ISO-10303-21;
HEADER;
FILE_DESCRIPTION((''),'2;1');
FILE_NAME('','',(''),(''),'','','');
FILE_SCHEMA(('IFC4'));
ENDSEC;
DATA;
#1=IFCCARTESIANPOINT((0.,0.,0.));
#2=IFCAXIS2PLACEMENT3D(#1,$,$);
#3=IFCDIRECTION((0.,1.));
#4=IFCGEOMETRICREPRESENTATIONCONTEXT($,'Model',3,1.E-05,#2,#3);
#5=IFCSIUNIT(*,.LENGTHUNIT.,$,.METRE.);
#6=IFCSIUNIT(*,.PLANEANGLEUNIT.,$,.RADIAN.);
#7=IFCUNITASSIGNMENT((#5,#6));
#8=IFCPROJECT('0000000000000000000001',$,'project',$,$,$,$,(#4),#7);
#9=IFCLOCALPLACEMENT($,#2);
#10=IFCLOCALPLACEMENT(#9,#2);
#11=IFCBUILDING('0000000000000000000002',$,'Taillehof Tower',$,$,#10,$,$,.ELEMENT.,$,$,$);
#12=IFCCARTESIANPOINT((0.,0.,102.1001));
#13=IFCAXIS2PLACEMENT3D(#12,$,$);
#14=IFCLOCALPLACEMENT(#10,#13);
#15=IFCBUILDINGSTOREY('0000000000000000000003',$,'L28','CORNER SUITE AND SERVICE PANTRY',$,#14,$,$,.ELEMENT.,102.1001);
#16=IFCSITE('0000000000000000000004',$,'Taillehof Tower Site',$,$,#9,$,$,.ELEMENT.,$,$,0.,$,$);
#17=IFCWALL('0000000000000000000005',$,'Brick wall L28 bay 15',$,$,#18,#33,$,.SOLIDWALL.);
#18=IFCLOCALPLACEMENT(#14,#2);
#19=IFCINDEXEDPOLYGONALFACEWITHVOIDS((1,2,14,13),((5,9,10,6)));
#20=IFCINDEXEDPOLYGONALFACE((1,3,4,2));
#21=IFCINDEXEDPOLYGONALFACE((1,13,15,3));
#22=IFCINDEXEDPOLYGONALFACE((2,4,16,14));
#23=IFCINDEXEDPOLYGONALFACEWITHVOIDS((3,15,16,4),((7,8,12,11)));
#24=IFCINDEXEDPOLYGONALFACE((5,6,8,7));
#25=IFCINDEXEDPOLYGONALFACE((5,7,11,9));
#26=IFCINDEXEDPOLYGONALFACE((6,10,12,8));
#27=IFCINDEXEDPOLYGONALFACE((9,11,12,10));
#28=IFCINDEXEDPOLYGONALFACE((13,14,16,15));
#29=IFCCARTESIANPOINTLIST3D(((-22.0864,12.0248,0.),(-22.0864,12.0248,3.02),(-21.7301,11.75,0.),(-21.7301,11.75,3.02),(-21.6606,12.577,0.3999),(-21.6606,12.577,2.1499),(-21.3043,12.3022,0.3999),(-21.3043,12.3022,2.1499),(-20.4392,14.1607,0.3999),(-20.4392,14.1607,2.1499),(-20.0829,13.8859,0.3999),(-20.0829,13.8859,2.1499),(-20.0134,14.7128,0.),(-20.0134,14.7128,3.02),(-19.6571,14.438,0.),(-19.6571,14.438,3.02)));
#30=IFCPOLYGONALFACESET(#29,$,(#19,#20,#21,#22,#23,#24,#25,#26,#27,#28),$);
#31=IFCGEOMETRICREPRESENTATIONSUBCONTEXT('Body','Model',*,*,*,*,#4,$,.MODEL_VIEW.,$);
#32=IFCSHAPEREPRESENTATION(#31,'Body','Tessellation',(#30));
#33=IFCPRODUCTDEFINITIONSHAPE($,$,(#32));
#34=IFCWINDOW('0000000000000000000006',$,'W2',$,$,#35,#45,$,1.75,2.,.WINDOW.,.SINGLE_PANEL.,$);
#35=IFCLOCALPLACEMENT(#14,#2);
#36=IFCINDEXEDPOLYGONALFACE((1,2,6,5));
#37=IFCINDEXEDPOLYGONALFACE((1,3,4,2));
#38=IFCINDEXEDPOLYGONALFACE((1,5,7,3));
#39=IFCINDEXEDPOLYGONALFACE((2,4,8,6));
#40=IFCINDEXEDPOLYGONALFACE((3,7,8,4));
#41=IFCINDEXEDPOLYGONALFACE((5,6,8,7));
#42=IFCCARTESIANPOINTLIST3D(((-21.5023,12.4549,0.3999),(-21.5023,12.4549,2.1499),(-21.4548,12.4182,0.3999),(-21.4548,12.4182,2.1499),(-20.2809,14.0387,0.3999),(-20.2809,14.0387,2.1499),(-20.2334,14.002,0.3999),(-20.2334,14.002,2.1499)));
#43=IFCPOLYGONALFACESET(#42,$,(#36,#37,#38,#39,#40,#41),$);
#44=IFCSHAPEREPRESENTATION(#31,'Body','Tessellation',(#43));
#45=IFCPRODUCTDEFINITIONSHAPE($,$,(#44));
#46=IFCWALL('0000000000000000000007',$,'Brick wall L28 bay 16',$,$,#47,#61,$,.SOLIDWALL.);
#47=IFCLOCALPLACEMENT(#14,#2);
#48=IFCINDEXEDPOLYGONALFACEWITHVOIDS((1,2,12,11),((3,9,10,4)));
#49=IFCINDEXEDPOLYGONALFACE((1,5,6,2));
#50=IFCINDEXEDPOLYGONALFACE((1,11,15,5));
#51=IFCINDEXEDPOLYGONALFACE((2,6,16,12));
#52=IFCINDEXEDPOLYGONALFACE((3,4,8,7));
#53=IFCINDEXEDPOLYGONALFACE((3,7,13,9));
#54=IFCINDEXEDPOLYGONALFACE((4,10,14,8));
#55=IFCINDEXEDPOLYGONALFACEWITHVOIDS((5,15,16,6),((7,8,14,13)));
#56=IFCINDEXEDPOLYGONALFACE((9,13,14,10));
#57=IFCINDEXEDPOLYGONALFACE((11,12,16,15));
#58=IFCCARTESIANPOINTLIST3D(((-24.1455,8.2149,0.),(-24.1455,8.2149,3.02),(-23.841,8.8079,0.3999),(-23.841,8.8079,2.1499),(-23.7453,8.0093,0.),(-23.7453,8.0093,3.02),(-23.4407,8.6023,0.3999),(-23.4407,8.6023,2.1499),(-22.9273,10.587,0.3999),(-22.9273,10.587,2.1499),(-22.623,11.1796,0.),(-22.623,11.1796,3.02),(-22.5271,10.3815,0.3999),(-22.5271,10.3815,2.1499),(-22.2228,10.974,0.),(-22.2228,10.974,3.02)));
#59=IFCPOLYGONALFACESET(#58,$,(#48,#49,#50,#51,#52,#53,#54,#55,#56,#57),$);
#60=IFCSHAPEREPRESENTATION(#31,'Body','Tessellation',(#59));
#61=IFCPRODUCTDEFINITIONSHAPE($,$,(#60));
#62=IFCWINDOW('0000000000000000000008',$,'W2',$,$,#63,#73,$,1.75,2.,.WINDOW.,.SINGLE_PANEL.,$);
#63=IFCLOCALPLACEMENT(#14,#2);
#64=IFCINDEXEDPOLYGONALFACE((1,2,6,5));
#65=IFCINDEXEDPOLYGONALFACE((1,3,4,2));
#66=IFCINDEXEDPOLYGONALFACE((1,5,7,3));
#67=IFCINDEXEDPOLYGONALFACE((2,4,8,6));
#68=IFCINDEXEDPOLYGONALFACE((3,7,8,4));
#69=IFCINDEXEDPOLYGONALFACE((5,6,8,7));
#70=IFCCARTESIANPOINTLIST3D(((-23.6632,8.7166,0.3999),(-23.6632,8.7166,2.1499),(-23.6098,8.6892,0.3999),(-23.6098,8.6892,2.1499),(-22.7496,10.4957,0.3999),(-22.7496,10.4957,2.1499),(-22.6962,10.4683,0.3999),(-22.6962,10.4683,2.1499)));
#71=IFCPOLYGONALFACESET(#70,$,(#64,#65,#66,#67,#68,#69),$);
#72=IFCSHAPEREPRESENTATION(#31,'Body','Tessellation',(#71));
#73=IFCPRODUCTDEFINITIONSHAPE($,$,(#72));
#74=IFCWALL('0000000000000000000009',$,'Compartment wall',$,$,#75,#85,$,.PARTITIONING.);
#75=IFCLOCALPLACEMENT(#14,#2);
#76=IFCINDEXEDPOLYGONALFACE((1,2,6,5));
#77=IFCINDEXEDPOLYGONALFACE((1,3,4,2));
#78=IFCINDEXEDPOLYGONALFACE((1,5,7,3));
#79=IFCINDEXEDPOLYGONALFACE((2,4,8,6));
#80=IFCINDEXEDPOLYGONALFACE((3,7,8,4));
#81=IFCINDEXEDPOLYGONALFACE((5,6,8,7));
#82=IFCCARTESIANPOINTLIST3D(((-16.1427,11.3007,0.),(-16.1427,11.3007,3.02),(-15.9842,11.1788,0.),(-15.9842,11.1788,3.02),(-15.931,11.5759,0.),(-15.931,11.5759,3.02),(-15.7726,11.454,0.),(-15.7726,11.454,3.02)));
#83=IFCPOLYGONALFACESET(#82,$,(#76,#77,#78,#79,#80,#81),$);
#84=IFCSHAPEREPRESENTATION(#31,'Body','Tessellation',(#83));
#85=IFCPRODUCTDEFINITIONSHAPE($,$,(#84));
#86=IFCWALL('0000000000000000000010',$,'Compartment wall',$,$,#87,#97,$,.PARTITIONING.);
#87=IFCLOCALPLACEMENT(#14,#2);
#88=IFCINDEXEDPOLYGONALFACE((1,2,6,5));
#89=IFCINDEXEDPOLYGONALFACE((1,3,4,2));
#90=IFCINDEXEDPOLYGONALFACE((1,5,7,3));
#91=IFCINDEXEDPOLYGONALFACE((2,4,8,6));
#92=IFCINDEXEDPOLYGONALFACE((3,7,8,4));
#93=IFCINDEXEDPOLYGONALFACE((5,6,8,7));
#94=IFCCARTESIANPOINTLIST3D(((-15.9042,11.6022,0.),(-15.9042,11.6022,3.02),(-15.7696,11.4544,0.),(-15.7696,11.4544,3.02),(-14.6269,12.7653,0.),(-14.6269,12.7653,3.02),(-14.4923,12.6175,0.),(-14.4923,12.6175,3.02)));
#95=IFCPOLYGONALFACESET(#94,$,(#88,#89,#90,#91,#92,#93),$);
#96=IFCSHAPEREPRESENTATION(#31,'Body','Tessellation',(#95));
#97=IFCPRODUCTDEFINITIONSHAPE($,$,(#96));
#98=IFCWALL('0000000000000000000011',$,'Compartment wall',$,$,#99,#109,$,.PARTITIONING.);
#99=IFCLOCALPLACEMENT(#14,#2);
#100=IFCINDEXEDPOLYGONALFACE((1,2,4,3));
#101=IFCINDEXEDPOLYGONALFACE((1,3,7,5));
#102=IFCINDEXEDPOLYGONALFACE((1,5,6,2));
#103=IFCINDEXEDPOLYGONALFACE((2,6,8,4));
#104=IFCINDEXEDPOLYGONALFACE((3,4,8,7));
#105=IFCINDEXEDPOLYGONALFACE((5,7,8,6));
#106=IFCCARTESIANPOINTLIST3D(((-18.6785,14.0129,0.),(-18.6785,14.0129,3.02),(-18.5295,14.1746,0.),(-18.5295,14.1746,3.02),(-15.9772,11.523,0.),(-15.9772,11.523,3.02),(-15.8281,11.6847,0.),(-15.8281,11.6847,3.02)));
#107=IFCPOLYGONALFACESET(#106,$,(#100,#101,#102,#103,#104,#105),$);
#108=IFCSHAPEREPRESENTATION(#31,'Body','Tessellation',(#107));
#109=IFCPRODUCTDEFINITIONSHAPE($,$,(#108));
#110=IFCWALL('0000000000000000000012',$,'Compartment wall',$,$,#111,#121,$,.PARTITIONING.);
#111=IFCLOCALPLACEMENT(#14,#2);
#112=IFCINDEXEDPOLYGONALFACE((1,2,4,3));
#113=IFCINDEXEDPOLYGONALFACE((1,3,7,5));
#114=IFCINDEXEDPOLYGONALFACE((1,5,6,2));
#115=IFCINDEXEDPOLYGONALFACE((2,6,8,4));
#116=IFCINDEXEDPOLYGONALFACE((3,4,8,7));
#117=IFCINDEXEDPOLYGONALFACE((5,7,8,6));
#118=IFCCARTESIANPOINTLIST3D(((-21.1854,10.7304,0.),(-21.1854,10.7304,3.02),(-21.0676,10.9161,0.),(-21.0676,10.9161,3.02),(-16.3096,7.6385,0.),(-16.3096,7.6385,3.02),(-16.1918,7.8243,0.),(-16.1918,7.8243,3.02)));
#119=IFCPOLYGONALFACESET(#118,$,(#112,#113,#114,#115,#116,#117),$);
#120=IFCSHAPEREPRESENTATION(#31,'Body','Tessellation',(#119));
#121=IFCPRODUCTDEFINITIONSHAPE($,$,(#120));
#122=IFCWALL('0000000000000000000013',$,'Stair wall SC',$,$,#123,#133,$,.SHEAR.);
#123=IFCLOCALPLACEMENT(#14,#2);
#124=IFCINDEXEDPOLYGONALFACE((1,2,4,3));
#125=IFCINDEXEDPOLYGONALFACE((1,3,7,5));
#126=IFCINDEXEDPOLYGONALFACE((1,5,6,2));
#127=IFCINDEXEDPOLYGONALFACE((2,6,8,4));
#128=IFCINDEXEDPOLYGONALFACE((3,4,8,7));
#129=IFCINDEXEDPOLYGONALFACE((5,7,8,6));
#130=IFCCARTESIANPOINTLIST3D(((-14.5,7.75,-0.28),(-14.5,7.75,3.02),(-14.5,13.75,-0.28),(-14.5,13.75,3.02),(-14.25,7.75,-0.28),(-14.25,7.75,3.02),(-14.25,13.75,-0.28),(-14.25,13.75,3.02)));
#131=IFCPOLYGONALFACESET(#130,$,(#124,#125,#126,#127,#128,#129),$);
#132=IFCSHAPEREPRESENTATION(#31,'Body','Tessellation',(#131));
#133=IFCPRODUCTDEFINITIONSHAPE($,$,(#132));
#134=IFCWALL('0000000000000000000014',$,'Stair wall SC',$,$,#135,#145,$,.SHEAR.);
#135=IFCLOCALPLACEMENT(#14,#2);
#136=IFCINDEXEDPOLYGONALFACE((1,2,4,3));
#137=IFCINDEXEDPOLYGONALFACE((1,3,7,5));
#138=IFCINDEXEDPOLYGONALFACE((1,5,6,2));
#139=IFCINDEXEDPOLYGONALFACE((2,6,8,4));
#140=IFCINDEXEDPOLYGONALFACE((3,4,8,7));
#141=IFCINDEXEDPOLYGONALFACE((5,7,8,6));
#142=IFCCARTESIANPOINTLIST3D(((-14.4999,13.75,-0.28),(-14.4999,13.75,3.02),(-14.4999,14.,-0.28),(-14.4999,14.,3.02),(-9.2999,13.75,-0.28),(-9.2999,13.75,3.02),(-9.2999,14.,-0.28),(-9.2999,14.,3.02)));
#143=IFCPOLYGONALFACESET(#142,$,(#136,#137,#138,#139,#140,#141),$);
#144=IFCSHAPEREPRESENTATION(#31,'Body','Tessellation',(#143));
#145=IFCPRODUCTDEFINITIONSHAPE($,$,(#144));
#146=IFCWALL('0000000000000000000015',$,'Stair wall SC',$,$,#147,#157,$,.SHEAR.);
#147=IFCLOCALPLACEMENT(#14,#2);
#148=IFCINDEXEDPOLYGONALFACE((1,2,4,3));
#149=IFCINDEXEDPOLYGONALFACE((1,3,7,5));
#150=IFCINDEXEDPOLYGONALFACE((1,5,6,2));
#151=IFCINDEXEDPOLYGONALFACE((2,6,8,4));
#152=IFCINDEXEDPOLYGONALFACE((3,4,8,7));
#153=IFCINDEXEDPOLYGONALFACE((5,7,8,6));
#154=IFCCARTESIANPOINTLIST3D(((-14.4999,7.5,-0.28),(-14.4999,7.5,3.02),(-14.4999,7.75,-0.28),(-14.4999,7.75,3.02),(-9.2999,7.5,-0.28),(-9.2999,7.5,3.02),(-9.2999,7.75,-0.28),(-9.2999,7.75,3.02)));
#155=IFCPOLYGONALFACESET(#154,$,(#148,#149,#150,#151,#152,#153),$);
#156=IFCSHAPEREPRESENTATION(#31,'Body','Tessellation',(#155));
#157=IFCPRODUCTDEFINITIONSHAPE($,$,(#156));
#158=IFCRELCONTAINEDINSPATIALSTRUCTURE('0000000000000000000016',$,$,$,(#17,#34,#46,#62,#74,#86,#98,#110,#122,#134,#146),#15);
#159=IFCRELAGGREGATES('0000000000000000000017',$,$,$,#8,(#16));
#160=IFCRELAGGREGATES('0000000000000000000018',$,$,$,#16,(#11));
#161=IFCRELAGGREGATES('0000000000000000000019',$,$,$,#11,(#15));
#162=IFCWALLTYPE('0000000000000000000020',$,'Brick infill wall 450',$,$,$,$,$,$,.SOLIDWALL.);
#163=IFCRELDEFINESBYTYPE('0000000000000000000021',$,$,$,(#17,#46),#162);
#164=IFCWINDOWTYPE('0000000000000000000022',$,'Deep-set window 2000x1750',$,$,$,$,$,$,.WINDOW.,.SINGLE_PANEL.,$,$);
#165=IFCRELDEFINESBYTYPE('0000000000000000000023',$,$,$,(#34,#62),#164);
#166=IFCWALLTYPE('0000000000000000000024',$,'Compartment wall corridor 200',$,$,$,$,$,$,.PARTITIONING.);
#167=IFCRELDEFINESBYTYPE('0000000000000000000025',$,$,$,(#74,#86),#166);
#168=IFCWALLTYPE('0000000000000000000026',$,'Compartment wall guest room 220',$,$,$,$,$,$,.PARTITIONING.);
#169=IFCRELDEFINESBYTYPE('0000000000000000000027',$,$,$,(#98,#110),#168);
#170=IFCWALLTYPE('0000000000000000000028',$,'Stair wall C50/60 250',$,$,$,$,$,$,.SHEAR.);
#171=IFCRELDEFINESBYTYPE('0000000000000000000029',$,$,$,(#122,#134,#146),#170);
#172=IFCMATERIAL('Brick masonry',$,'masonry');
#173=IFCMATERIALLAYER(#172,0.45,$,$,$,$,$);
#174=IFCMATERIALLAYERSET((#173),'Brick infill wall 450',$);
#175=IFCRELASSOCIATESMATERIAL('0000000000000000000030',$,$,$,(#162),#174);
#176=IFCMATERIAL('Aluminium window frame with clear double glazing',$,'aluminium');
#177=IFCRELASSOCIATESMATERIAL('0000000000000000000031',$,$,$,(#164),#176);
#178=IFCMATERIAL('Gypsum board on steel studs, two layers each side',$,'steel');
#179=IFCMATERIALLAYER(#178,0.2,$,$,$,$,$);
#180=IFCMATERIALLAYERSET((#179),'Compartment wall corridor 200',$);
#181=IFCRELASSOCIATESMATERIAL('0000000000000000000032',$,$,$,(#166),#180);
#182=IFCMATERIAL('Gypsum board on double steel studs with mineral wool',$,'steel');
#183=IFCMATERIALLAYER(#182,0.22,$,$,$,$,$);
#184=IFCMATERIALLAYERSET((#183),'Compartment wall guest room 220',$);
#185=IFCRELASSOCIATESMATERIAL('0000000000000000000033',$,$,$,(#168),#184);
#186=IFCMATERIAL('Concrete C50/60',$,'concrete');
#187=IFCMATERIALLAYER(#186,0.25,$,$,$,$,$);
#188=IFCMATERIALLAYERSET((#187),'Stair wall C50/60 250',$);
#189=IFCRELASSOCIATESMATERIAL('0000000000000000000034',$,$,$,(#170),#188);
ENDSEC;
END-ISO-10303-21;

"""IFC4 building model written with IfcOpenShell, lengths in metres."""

from ifc_helpers import new_model, si_unit, direction, frame, frame_2d, origin, place, context, subcontext, project, spatial, rectangle, extrude, material, layer, layer_set, type_object, element, fill, save


model = new_model("IFC4")

# Units and contexts
model_context = context("Model", 3, precision=1e-05, world=origin(), true_north=direction((0.0, 1.0)))
body_context = subcontext(model_context, "Body", "Model", "MODEL_VIEW")
ifc_project = project(units=[si_unit("LENGTHUNIT", "METRE"), si_unit("PLANEANGLEUNIT", "RADIAN")], contexts=[model_context])

# Site, building, storey
site_placement = place(None, origin())
site = spatial("IfcSite", under=ifc_project, at=site_placement, Name="Taillehof Tower Site", CompositionType="ELEMENT", RefElevation=0.0)
building_placement = place(site_placement, origin())
building = spatial("IfcBuilding", under=site, at=building_placement, Name="Taillehof Tower", CompositionType="ELEMENT")
storey_placement = place(building_placement, frame((0.0, 0.0, 102.1001)))
storey = spatial("IfcBuildingStorey", under=building, at=storey_placement, Name="L28", Description="CORNER SUITE AND SERVICE PANTRY", CompositionType="ELEMENT", Elevation=102.1001)

# Walls, openings, windows
ifc_material_1 = material(Name="Brick masonry", Category="masonry")
ifc_layer_1 = layer(ifc_material_1, 0.45)
ifc_layer_set_1 = layer_set([ifc_layer_1], Name="Brick infill wall 450")
wall_type_1 = type_object("IfcWallType", Name="Brick infill wall 450", PredefinedType="SOLIDWALL", material=ifc_layer_set_1)
ifc_material_2 = material(Name="Aluminium window frame with clear double glazing", Category="aluminium")
window_type = type_object("IfcWindowType", Name="Deep-set window 2000x1750", PartitioningType="SINGLE_PANEL", PredefinedType="WINDOW", material=ifc_material_2)
wall_1_placement = place(storey_placement, frame((-19.8352, 14.5754, 0.0), z_axis=(0.0, 0.0, 1.0), x_axis=(-0.610694, -0.791867, 0.0)))
wall_1 = element("IfcWall", 1, at=wall_1_placement, inside=storey, type_object=wall_type_1, Name="Brick wall L28 bay 15", PredefinedType="SOLIDWALL", context=body_context, shape_type="SweptSolid", body=[
    extrude(rectangle(XDim=3.3945, YDim=0.45, at=frame_2d((1.6973, 0.0))), origin(), (0.0, 0.0, 1.0), 3.02),
])
opening_1_placement = place(wall_1_placement, frame((0.6973, 0.0, 0.3999)))
opening_1 = element("IfcOpeningElement", 2, at=opening_1_placement, cuts=wall_1, PredefinedType="OPENING", context=body_context, shape_type="SweptSolid", body=[
    extrude(rectangle(XDim=2.0, YDim=1.75, at=frame_2d((1.0, 0.875))), frame((0.0, 0.2349, 0.0), z_axis=(0.0, -1.0, 0.0), x_axis=(1.0, 0.0, 0.0)), (0.0, 0.0, 1.0), 0.47),
])
window_1_placement = place(opening_1_placement, origin())
window_1 = element("IfcWindow", 3, at=window_1_placement, inside=storey, type_object=window_type, Name="W2", OverallHeight=1.75, OverallWidth=2.0, PartitioningType="SINGLE_PANEL", PredefinedType="WINDOW", context=body_context, shape_type="SweptSolid", body=[
    extrude(rectangle(XDim=2.0, YDim=1.75, at=frame_2d((1.0, 0.875))), frame((0.0, 0.0349, 0.0), z_axis=(0.0, -1.0, 0.0), x_axis=(1.0, 0.0, 0.0)), (0.0, 0.0, 1.0), 0.0601),
])
fill(opening_1, window_1)
wall_2_placement = place(storey_placement, frame((-22.4229, 11.0769, 0.0), z_axis=(0.0, 0.0, 1.0), x_axis=(-0.456828, -0.889555, 0.0)))
wall_2 = element("IfcWall", 4, at=wall_2_placement, inside=storey, type_object=wall_type_1, Name="Brick wall L28 bay 16", PredefinedType="SOLIDWALL", context=body_context, shape_type="SweptSolid", body=[
    extrude(rectangle(XDim=3.3328, YDim=0.45, at=frame_2d((1.6665, 0.0))), origin(), (0.0, 0.0, 1.0), 3.02),
])
opening_2_placement = place(wall_2_placement, frame((0.6663, 0.0, 0.3999)))
opening_2 = element("IfcOpeningElement", 5, at=opening_2_placement, cuts=wall_2, PredefinedType="OPENING", context=body_context, shape_type="SweptSolid", body=[
    extrude(rectangle(XDim=2.0, YDim=1.75, at=frame_2d((1.0, 0.875))), frame((0.0, 0.2349, 0.0), z_axis=(0.0, -1.0, 0.0), x_axis=(1.0, 0.0, 0.0)), (0.0, 0.0, 1.0), 0.47),
])
window_2_placement = place(opening_2_placement, origin())
window_2 = element("IfcWindow", 6, at=window_2_placement, inside=storey, type_object=window_type, Name="W2", OverallHeight=1.75, OverallWidth=2.0, PartitioningType="SINGLE_PANEL", PredefinedType="WINDOW", context=body_context, shape_type="SweptSolid", body=[
    extrude(rectangle(XDim=2.0, YDim=1.75, at=frame_2d((1.0, 0.875))), frame((0.0, 0.0349, 0.0), z_axis=(0.0, -1.0, 0.0), x_axis=(1.0, 0.0, 0.0)), (0.0, 0.0, 1.0), 0.0601),
])
fill(opening_2, window_2)

# Walls
ifc_material_3 = material(Name="Gypsum board on steel studs, two layers each side", Category="steel")
ifc_layer_2 = layer(ifc_material_3, 0.2)
ifc_layer_set_2 = layer_set([ifc_layer_2], Name="Compartment wall corridor 200")
wall_type_2 = type_object("IfcWallType", Name="Compartment wall corridor 200", PredefinedType="PARTITIONING", material=ifc_layer_set_2)
wall_3_placement = place(storey_placement, frame((-16.0635, 11.2397, 0.0), z_axis=(0.0, 0.0, 1.0), x_axis=(0.609745, 0.792598, 0.0)))
element("IfcWall", 7, at=wall_3_placement, inside=storey, type_object=wall_type_2, Name="Compartment wall", PredefinedType="PARTITIONING", context=body_context, shape_type="SweptSolid", body=[
    extrude(rectangle(XDim=0.3472, YDim=0.2, at=frame_2d((0.1736, 0.0))), origin(), (0.0, 0.0, 1.0), 3.02),
])
wall_4_placement = place(storey_placement, frame((-15.8369, 11.5283, 0.0), z_axis=(0.0, 0.0, 1.0), x_axis=(0.739403, 0.673263, 0.0)))
element("IfcWall", 8, at=wall_4_placement, inside=storey, type_object=wall_type_2, Name="Compartment wall", PredefinedType="PARTITIONING", context=body_context, shape_type="SweptSolid", body=[
    extrude(rectangle(XDim=1.7275, YDim=0.2, at=frame_2d((0.8638, 0.0))), origin(), (0.0, 0.0, 1.0), 3.02),
])
ifc_material_4 = material(Name="Gypsum board on double steel studs with mineral wool", Category="steel")
ifc_layer_3 = layer(ifc_material_4, 0.22)
ifc_layer_set_3 = layer_set([ifc_layer_3], Name="Compartment wall guest room 220")
wall_type_3 = type_object("IfcWallType", Name="Compartment wall guest room 220", PredefinedType="PARTITIONING", material=ifc_layer_set_3)
wall_5_placement = place(storey_placement, frame((-18.604, 14.0938, 0.0), z_axis=(0.0, 0.0, 1.0), x_axis=(0.735295, -0.677747, 0.0)))
element("IfcWall", 9, at=wall_5_placement, inside=storey, type_object=wall_type_3, Name="Compartment wall", PredefinedType="PARTITIONING", context=body_context, shape_type="SweptSolid", body=[
    extrude(rectangle(XDim=3.6738, YDim=0.22, at=frame_2d((1.8369, 0.0))), origin(), (0.0, 0.0, 1.0), 3.02),
])
wall_6_placement = place(storey_placement, frame((-21.1265, 10.8232, 0.0), z_axis=(0.0, 0.0, 1.0), x_axis=(0.844519, -0.535526, 0.0)))
element("IfcWall", 10, at=wall_6_placement, inside=storey, type_object=wall_type_3, Name="Compartment wall", PredefinedType="PARTITIONING", context=body_context, shape_type="SweptSolid", body=[
    extrude(rectangle(XDim=5.7734, YDim=0.22, at=frame_2d((2.8867, 0.0))), origin(), (0.0, 0.0, 1.0), 3.02),
])
ifc_material_5 = material(Name="Concrete C50/60", Category="concrete")
ifc_layer_4 = layer(ifc_material_5, 0.25)
ifc_layer_set_4 = layer_set([ifc_layer_4], Name="Stair wall C50/60 250")
wall_type_4 = type_object("IfcWallType", Name="Stair wall C50/60 250", PredefinedType="SHEAR", material=ifc_layer_set_4)
wall_7_placement = place(storey_placement, frame((-14.375, 7.75, -0.28), z_axis=(0.0, 0.0, 1.0), x_axis=(0.0, 1.0, 0.0)))
element("IfcWall", 11, at=wall_7_placement, inside=storey, type_object=wall_type_4, Name="Stair wall SC", PredefinedType="SHEAR", context=body_context, shape_type="SweptSolid", body=[
    extrude(rectangle(XDim=6.0, YDim=0.25, at=frame_2d((3.0, 0.0))), origin(), (0.0, 0.0, 1.0), 3.3),
])
for number, where, z_axis, x_axis, name in (
    (12, (-14.5, 13.875, -0.28), (0.0, 0.0, 1.0), (1.0, 0.0, 0.0), "Stair wall SC"),
    (13, (-14.5, 7.625, -0.28), (0.0, 0.0, 1.0), (1.0, 0.0, 0.0), "Stair wall SC"),
):
    element("IfcWall", number, at=place(storey_placement, frame(where, z_axis=z_axis, x_axis=x_axis)), inside=storey, type_object=wall_type_4, Name=name, PredefinedType="SHEAR", context=body_context, shape_type="SweptSolid", body=[
        extrude(rectangle(XDim=5.2, YDim=0.25, at=frame_2d((2.6001, 0.0))), origin(), (0.0, 0.0, 1.0), 3.3),
    ])

save(model, "model.ifc")
